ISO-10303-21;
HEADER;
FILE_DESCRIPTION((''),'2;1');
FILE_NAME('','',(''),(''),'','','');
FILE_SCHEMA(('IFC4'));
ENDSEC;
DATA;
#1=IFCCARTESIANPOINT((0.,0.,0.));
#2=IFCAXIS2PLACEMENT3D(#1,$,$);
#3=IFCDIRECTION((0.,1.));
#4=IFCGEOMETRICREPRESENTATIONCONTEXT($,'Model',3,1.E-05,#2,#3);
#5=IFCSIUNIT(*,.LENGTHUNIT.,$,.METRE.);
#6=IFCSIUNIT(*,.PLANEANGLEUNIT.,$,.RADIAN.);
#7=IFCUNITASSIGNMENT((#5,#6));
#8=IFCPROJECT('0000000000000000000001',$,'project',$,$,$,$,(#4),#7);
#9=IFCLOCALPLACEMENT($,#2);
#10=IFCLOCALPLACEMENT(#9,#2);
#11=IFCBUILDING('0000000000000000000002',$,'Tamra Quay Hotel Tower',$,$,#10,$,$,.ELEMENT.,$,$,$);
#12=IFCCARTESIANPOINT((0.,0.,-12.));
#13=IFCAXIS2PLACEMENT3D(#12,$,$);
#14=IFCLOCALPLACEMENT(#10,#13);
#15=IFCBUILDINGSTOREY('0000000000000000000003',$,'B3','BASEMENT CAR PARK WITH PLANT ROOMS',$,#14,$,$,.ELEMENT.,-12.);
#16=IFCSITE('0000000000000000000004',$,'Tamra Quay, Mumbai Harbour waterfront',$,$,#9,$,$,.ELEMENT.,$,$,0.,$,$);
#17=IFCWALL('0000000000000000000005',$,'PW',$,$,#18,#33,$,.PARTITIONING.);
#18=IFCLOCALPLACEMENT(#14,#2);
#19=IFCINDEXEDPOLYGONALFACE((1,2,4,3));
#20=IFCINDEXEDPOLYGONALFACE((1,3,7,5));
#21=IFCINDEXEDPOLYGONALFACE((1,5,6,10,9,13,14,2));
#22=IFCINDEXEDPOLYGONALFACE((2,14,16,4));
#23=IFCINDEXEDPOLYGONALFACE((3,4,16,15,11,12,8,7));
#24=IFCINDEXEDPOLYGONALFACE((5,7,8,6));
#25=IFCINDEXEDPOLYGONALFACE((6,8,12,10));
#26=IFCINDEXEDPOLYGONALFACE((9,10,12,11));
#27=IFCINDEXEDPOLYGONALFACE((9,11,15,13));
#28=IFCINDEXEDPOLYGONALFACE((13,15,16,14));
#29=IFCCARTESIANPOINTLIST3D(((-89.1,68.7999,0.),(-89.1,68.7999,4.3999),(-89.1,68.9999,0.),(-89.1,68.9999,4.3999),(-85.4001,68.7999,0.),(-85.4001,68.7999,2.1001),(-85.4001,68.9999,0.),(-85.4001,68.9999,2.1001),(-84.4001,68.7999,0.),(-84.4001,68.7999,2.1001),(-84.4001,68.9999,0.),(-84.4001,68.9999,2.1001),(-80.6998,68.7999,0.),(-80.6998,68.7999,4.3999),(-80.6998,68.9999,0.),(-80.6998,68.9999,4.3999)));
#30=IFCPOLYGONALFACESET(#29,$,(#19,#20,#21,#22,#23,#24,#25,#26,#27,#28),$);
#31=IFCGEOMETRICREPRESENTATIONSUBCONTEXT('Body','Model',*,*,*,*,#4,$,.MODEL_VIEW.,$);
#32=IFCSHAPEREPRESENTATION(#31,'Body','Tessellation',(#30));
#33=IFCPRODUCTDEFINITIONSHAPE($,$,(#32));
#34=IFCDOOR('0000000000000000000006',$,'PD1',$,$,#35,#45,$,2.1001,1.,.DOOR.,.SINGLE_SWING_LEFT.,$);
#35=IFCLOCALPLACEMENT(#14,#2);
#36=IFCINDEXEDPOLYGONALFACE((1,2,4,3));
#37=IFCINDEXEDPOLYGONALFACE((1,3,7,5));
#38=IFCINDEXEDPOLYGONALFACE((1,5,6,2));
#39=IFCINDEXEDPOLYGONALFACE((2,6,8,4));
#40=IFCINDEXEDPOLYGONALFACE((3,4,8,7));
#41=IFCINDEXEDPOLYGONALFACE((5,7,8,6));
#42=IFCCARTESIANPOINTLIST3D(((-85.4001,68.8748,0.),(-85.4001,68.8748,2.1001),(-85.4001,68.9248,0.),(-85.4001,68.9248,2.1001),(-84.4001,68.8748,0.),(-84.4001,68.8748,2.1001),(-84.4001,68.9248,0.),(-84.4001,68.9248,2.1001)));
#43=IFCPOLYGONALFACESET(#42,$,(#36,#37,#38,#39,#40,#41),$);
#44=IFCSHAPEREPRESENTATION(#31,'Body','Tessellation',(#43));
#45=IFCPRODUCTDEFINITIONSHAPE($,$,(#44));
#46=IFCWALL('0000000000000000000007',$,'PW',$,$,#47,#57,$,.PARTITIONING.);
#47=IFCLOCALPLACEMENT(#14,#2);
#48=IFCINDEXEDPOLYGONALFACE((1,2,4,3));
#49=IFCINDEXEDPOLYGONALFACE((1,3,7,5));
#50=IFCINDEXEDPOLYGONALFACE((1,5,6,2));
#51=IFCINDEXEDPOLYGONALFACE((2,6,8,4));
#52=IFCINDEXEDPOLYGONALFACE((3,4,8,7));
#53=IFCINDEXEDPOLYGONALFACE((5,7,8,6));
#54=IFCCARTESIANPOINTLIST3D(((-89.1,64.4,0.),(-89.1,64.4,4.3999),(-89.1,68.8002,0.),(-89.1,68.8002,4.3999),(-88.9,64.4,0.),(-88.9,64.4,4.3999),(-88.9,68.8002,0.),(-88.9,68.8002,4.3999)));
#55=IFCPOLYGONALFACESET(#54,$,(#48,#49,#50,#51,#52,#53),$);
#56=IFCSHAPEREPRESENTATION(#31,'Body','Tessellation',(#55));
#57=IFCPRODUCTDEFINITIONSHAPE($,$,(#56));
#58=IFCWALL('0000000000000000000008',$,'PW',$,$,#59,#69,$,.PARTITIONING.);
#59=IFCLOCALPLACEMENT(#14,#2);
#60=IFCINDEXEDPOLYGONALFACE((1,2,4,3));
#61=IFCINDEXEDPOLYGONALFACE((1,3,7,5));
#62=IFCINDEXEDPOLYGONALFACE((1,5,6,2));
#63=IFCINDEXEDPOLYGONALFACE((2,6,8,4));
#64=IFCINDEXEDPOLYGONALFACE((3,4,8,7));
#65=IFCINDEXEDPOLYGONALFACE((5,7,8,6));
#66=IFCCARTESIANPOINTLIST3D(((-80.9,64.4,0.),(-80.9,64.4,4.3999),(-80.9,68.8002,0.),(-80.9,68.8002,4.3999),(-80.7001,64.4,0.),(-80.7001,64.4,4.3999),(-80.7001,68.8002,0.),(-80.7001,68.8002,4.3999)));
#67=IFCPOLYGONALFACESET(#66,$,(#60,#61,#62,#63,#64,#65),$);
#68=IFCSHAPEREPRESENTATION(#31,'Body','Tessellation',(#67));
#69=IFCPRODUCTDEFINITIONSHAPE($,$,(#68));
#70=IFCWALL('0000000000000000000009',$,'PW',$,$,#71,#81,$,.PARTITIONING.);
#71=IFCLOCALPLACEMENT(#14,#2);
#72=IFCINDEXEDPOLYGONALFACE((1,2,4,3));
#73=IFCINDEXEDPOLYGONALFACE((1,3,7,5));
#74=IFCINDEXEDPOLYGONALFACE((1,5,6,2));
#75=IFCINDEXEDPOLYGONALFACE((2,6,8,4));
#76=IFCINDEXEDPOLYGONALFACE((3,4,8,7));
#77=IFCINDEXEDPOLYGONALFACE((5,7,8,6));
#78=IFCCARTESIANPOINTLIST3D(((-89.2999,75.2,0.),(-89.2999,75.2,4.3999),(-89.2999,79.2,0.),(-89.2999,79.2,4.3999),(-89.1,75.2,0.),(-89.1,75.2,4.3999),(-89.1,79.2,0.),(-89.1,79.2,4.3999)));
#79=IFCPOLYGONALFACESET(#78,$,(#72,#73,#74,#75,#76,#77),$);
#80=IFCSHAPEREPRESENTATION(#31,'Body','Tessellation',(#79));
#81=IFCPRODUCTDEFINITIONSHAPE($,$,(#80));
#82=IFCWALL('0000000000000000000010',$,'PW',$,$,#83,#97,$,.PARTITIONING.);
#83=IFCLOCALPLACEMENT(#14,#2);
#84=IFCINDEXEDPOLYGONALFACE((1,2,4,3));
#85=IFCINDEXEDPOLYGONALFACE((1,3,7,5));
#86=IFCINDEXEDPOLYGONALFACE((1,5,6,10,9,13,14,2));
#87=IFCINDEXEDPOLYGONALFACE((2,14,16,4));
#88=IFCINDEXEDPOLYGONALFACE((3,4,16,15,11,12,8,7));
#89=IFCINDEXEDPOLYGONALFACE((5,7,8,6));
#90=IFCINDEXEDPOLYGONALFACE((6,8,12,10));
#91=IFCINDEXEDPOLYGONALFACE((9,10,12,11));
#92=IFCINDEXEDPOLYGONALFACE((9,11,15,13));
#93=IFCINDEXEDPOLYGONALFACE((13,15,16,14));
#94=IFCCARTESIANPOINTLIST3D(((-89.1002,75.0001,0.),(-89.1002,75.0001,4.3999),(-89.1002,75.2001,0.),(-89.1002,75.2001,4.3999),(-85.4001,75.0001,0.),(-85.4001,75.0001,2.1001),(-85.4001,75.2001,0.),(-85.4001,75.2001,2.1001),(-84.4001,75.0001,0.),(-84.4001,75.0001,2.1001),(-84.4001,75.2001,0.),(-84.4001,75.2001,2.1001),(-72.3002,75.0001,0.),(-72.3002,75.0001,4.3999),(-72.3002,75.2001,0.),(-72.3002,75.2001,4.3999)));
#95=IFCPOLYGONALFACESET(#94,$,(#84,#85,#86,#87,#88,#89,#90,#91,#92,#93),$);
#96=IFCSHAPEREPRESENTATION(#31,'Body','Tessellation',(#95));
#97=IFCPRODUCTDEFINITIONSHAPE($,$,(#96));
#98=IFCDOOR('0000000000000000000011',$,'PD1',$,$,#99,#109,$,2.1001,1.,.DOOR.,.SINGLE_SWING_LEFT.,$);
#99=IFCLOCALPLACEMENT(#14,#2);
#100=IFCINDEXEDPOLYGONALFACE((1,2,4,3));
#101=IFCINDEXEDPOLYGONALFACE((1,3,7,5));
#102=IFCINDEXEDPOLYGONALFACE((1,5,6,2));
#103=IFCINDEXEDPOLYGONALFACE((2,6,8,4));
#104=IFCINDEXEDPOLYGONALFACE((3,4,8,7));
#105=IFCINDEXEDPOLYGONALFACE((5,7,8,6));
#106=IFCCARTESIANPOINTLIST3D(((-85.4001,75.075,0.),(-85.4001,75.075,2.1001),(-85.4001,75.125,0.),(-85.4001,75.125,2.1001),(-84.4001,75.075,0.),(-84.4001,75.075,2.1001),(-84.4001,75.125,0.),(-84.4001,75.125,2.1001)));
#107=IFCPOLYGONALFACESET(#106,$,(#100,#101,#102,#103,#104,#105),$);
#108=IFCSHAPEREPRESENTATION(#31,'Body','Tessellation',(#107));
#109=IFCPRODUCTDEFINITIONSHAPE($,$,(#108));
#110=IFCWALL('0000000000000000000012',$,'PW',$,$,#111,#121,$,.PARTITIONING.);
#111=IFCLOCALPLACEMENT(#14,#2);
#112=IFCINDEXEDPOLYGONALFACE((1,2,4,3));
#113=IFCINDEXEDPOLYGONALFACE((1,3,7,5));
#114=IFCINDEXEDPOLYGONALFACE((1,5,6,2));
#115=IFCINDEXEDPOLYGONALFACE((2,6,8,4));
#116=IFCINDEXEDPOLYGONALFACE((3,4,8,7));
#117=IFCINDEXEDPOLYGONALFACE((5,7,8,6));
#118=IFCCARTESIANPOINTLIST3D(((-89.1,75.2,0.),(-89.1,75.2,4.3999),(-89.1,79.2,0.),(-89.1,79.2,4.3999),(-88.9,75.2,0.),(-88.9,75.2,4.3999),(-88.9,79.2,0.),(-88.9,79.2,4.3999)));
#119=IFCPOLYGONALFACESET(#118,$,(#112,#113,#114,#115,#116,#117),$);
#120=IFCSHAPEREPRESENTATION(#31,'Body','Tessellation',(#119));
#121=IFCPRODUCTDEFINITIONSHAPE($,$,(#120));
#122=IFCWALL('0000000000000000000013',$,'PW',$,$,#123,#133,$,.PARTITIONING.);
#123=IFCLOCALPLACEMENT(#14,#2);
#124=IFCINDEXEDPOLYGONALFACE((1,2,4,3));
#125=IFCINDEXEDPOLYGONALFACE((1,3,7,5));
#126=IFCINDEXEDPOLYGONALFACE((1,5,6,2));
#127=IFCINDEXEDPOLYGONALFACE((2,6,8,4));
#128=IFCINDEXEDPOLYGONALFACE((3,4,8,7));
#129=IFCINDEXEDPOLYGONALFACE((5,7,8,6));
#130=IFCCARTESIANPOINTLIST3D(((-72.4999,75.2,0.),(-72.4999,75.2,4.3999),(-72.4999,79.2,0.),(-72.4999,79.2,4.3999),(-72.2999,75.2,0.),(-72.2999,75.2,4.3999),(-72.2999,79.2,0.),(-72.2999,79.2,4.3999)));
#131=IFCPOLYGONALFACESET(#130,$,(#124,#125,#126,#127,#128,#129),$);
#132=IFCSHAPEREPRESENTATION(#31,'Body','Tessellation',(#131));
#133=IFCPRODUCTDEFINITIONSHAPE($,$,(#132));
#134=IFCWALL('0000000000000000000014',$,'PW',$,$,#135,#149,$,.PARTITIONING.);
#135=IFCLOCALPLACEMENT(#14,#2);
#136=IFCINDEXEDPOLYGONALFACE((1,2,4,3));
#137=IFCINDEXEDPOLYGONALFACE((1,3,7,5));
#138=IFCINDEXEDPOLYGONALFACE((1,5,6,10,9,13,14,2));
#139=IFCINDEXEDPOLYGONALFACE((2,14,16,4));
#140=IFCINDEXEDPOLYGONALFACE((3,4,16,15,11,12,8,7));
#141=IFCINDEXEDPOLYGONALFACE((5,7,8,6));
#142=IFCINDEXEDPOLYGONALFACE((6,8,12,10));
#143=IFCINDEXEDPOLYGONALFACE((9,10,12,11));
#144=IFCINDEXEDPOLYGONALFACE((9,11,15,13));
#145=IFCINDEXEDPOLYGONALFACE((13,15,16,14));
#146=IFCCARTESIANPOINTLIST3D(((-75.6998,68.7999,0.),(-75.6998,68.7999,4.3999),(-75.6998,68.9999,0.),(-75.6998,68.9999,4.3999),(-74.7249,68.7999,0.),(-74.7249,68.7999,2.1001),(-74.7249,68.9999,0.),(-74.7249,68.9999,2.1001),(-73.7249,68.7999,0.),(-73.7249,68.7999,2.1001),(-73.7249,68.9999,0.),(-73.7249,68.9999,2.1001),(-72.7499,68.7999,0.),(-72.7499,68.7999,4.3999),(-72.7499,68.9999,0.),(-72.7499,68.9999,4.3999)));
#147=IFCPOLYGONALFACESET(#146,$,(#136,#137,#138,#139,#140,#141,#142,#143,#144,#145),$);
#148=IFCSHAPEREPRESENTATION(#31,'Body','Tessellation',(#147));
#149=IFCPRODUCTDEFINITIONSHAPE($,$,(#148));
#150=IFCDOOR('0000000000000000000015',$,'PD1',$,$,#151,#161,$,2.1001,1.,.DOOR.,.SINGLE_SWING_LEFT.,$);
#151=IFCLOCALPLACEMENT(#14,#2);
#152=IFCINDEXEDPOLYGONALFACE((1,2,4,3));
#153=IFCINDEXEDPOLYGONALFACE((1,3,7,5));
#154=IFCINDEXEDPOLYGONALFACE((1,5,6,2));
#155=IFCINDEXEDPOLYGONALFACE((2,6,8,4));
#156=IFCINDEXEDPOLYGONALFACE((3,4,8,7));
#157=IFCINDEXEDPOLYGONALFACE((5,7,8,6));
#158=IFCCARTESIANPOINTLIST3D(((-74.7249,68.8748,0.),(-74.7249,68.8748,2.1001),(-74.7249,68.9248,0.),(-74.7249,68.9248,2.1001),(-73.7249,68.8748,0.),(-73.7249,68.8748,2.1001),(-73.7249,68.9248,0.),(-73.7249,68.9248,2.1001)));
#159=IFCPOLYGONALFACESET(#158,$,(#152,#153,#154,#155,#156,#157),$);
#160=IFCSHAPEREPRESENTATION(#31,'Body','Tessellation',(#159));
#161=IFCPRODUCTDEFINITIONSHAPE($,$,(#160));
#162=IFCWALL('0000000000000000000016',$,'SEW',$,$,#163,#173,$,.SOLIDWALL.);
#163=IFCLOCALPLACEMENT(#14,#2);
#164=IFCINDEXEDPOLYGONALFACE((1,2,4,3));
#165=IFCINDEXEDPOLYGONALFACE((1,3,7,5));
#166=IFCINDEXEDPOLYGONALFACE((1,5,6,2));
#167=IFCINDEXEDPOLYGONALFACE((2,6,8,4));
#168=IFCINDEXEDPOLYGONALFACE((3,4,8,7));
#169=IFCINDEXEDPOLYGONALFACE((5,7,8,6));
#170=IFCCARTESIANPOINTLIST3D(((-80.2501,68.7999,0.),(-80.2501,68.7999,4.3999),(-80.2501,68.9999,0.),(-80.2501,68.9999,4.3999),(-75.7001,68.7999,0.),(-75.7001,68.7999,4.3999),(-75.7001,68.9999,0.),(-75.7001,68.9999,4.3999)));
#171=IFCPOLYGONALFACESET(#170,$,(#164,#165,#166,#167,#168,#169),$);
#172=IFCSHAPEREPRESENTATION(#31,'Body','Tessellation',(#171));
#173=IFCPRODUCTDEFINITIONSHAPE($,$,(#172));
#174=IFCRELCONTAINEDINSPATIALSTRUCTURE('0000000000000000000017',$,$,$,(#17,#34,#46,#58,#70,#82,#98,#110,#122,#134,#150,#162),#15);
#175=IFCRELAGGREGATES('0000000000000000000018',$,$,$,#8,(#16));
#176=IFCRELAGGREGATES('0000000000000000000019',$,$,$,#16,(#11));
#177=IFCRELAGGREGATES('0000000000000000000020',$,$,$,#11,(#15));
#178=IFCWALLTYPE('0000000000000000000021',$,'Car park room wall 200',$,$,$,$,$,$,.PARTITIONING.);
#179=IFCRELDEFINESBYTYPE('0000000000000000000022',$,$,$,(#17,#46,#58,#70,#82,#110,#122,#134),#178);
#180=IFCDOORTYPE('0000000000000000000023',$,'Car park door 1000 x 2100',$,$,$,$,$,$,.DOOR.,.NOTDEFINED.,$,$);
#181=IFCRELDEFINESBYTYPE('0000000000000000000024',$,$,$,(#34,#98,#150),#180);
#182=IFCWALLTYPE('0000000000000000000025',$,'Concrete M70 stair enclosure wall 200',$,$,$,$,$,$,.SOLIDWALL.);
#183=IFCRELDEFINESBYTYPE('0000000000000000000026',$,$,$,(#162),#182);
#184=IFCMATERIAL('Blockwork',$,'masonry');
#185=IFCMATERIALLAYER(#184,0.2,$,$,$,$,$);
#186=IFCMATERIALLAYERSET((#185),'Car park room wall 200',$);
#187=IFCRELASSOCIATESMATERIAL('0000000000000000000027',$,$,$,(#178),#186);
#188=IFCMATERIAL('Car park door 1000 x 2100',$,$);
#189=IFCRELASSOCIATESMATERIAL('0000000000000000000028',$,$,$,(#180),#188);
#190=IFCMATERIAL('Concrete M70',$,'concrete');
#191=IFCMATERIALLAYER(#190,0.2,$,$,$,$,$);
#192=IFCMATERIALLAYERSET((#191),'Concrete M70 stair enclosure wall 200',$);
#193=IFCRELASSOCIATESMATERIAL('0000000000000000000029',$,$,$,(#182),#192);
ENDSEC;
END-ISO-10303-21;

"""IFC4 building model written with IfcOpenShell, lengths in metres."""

from ifc_helpers import new_model, si_unit, direction, frame, frame_2d, origin, place, context, subcontext, project, spatial, rectangle, extrude, material, layer, layer_set, type_object, element, fill, save


model = new_model("IFC4")

# Units and contexts
model_context = context("Model", 3, precision=1e-05, world=origin(), true_north=direction((0.0, 1.0)))
body_context = subcontext(model_context, "Body", "Model", "MODEL_VIEW")
ifc_project = project(units=[si_unit("LENGTHUNIT", "METRE"), si_unit("PLANEANGLEUNIT", "RADIAN")], contexts=[model_context])

# Site, building, storey
site_placement = place(None, origin())
site = spatial("IfcSite", under=ifc_project, at=site_placement, Name="Tamra Quay, Mumbai Harbour waterfront", CompositionType="ELEMENT", RefElevation=0.0)
building_placement = place(site_placement, origin())
building = spatial("IfcBuilding", under=site, at=building_placement, Name="Tamra Quay Hotel Tower", CompositionType="ELEMENT")
storey_placement = place(building_placement, frame((0.0, 0.0, -12.0)))
storey = spatial("IfcBuildingStorey", under=building, at=storey_placement, Name="B3", Description="BASEMENT CAR PARK WITH PLANT ROOMS", CompositionType="ELEMENT", Elevation=-12.0)

# Shared definitions
ifc_material_1 = material(Name="Concrete M70", Category="concrete")

# Shared definitions
ifc_material_2 = material(Name="Blockwork", Category="masonry")
ifc_layer_1 = layer(ifc_material_2, 0.2)
ifc_layer_set_1 = layer_set([ifc_layer_1], Name="Car park room wall 200")
wall_type_1 = type_object("IfcWallType", Name="Car park room wall 200", PredefinedType="PARTITIONING", material=ifc_layer_set_1)

# Wall, opening, door
wall_1_placement = place(storey_placement, frame((-89.1001, 68.8999, 0.0), z_axis=(0.0, 0.0, 1.0), x_axis=(1.0, 0.0, 0.0)))
wall_1 = element("IfcWall", 1, at=wall_1_placement, inside=storey, type_object=wall_type_1, Name="PW", PredefinedType="PARTITIONING", context=body_context, shape_type="SweptSolid", body=[
    extrude(rectangle(XDim=8.4001, YDim=0.2, at=frame_2d((4.2002, 0.0))), origin(), (0.0, 0.0, 1.0), 4.3999),
])
opening_1_placement = place(wall_1_placement, frame((3.7, 0.0, 0.0)))
opening_1 = element("IfcOpeningElement", 2, at=opening_1_placement, cuts=wall_1, PredefinedType="OPENING", context=body_context, shape_type="SweptSolid", body=[
    extrude(rectangle(XDim=1.0, YDim=2.1001, at=frame_2d((0.5, 1.05))), frame((0.0, 0.1099, 0.0), z_axis=(0.0, -1.0, 0.0), x_axis=(1.0, 0.0, 0.0)), (0.0, 0.0, 1.0), 0.22),
])
ifc_material_3 = material(Name="Car park door 1000 x 2100")
door_type = type_object("IfcDoorType", Name="Car park door 1000 x 2100", OperationType="NOTDEFINED", PredefinedType="DOOR", material=ifc_material_3)
door_1_placement = place(opening_1_placement, origin())
door_1 = element("IfcDoor", 3, at=door_1_placement, inside=storey, type_object=door_type, Name="PD1", OperationType="SINGLE_SWING_LEFT", OverallHeight=2.1001, OverallWidth=1.0, PredefinedType="DOOR", context=body_context, shape_type="SweptSolid", body=[
    extrude(rectangle(XDim=1.0, YDim=2.1001, at=frame_2d((0.5, 1.05))), frame((0.0, 0.0249, 0.0), z_axis=(0.0, -1.0, 0.0), x_axis=(1.0, 0.0, 0.0)), (0.0, 0.0, 1.0), 0.05),
])
fill(opening_1, door_1)

# Walls
for number, where, z_axis, x_axis, name in (
    (4, (-89.0, 64.3999, 0.0), (0.0, 0.0, 1.0), (0.0, 1.0, 0.0), "PW"),
    (5, (-80.8, 64.3999, 0.0), (0.0, 0.0, 1.0), (0.0, 1.0, 0.0), "PW"),
):
    element("IfcWall", number, at=place(storey_placement, frame(where, z_axis=z_axis, x_axis=x_axis)), inside=storey, type_object=wall_type_1, Name=name, PredefinedType="PARTITIONING", context=body_context, shape_type="SweptSolid", body=[
        extrude(rectangle(XDim=4.4001, YDim=0.2, at=frame_2d((2.2002, 0.0))), origin(), (0.0, 0.0, 1.0), 4.3999),
    ])
wall_2_placement = place(storey_placement, frame((-89.2, 75.2, 0.0), z_axis=(0.0, 0.0, 1.0), x_axis=(0.0, 1.0, 0.0)))
element("IfcWall", 6, at=wall_2_placement, inside=storey, type_object=wall_type_1, Name="PW", PredefinedType="PARTITIONING", context=body_context, shape_type="SweptSolid", body=[
    extrude(rectangle(XDim=4.0, YDim=0.2, at=frame_2d((2.0, 0.0))), origin(), (0.0, 0.0, 1.0), 4.3999),
])

# Wall, opening, door
wall_3_placement = place(storey_placement, frame((-89.1001, 75.1001, 0.0), z_axis=(0.0, 0.0, 1.0), x_axis=(1.0, 0.0, 0.0)))
wall_3 = element("IfcWall", 7, at=wall_3_placement, inside=storey, type_object=wall_type_1, Name="PW", PredefinedType="PARTITIONING", context=body_context, shape_type="SweptSolid", body=[
    extrude(rectangle(XDim=16.8, YDim=0.2, at=frame_2d((8.3999, 0.0))), origin(), (0.0, 0.0, 1.0), 4.3999),
])
opening_2_placement = place(wall_3_placement, frame((3.7, 0.0, 0.0)))
opening_2 = element("IfcOpeningElement", 8, at=opening_2_placement, cuts=wall_3, PredefinedType="OPENING", context=body_context, shape_type="SweptSolid", body=[
    extrude(rectangle(XDim=1.0, YDim=2.1001, at=frame_2d((0.5, 1.05))), frame((0.0, 0.1099, 0.0), z_axis=(0.0, -1.0, 0.0), x_axis=(1.0, 0.0, 0.0)), (0.0, 0.0, 1.0), 0.22),
])
door_2_placement = place(opening_2_placement, origin())
door_2 = element("IfcDoor", 9, at=door_2_placement, inside=storey, type_object=door_type, Name="PD1", OperationType="SINGLE_SWING_LEFT", OverallHeight=2.1001, OverallWidth=1.0, PredefinedType="DOOR", context=body_context, shape_type="SweptSolid", body=[
    extrude(rectangle(XDim=1.0, YDim=2.1001, at=frame_2d((0.5, 1.05))), frame((0.0, 0.0249, 0.0), z_axis=(0.0, -1.0, 0.0), x_axis=(1.0, 0.0, 0.0)), (0.0, 0.0, 1.0), 0.05),
])
fill(opening_2, door_2)

# Walls
for number, where, z_axis, x_axis, name in (
    (10, (-89.0, 75.2, 0.0), (0.0, 0.0, 1.0), (0.0, 1.0, 0.0), "PW"),
    (11, (-72.3999, 75.2, 0.0), (0.0, 0.0, 1.0), (0.0, 1.0, 0.0), "PW"),
):
    element("IfcWall", number, at=place(storey_placement, frame(where, z_axis=z_axis, x_axis=x_axis)), inside=storey, type_object=wall_type_1, Name=name, PredefinedType="PARTITIONING", context=body_context, shape_type="SweptSolid", body=[
        extrude(rectangle(XDim=4.0, YDim=0.2, at=frame_2d((2.0, 0.0))), origin(), (0.0, 0.0, 1.0), 4.3999),
    ])

# Wall, opening, door
wall_4_placement = place(storey_placement, frame((-75.7, 68.8999, 0.0), z_axis=(0.0, 0.0, 1.0), x_axis=(1.0, 0.0, 0.0)))
wall_4 = element("IfcWall", 12, at=wall_4_placement, inside=storey, type_object=wall_type_1, Name="PW", PredefinedType="PARTITIONING", context=body_context, shape_type="SweptSolid", body=[
    extrude(rectangle(XDim=2.95, YDim=0.2, at=frame_2d((1.4751, 0.0))), origin(), (0.0, 0.0, 1.0), 4.3999),
])
opening_3_placement = place(wall_4_placement, frame((0.9751, 0.0, 0.0)))
opening_3 = element("IfcOpeningElement", 13, at=opening_3_placement, cuts=wall_4, PredefinedType="OPENING", context=body_context, shape_type="SweptSolid", body=[
    extrude(rectangle(XDim=1.0, YDim=2.1001, at=frame_2d((0.5, 1.05))), frame((0.0, 0.1099, 0.0), z_axis=(0.0, -1.0, 0.0), x_axis=(1.0, 0.0, 0.0)), (0.0, 0.0, 1.0), 0.22),
])
door_3_placement = place(opening_3_placement, origin())
door_3 = element("IfcDoor", 14, at=door_3_placement, inside=storey, type_object=door_type, Name="PD1", OperationType="SINGLE_SWING_LEFT", OverallHeight=2.1001, OverallWidth=1.0, PredefinedType="DOOR", context=body_context, shape_type="SweptSolid", body=[
    extrude(rectangle(XDim=1.0, YDim=2.1001, at=frame_2d((0.5, 1.05))), frame((0.0, 0.0249, 0.0), z_axis=(0.0, -1.0, 0.0), x_axis=(1.0, 0.0, 0.0)), (0.0, 0.0, 1.0), 0.05),
])
fill(opening_3, door_3)

# Wall
ifc_layer_2 = layer(ifc_material_1, 0.2)
ifc_layer_set_2 = layer_set([ifc_layer_2], Name="Concrete M70 stair enclosure wall 200")
wall_type_2 = type_object("IfcWallType", Name="Concrete M70 stair enclosure wall 200", PredefinedType="SOLIDWALL", material=ifc_layer_set_2)
wall_5_placement = place(storey_placement, frame((-80.25, 68.8999, 0.0), z_axis=(0.0, 0.0, 1.0), x_axis=(1.0, 0.0, 0.0)))
element("IfcWall", 15, at=wall_5_placement, inside=storey, type_object=wall_type_2, Name="SEW", PredefinedType="SOLIDWALL", context=body_context, shape_type="SweptSolid", body=[
    extrude(rectangle(XDim=4.55, YDim=0.2, at=frame_2d((2.2749, 0.0))), origin(), (0.0, 0.0, 1.0), 4.3999),
])

save(model, "model.ifc")
